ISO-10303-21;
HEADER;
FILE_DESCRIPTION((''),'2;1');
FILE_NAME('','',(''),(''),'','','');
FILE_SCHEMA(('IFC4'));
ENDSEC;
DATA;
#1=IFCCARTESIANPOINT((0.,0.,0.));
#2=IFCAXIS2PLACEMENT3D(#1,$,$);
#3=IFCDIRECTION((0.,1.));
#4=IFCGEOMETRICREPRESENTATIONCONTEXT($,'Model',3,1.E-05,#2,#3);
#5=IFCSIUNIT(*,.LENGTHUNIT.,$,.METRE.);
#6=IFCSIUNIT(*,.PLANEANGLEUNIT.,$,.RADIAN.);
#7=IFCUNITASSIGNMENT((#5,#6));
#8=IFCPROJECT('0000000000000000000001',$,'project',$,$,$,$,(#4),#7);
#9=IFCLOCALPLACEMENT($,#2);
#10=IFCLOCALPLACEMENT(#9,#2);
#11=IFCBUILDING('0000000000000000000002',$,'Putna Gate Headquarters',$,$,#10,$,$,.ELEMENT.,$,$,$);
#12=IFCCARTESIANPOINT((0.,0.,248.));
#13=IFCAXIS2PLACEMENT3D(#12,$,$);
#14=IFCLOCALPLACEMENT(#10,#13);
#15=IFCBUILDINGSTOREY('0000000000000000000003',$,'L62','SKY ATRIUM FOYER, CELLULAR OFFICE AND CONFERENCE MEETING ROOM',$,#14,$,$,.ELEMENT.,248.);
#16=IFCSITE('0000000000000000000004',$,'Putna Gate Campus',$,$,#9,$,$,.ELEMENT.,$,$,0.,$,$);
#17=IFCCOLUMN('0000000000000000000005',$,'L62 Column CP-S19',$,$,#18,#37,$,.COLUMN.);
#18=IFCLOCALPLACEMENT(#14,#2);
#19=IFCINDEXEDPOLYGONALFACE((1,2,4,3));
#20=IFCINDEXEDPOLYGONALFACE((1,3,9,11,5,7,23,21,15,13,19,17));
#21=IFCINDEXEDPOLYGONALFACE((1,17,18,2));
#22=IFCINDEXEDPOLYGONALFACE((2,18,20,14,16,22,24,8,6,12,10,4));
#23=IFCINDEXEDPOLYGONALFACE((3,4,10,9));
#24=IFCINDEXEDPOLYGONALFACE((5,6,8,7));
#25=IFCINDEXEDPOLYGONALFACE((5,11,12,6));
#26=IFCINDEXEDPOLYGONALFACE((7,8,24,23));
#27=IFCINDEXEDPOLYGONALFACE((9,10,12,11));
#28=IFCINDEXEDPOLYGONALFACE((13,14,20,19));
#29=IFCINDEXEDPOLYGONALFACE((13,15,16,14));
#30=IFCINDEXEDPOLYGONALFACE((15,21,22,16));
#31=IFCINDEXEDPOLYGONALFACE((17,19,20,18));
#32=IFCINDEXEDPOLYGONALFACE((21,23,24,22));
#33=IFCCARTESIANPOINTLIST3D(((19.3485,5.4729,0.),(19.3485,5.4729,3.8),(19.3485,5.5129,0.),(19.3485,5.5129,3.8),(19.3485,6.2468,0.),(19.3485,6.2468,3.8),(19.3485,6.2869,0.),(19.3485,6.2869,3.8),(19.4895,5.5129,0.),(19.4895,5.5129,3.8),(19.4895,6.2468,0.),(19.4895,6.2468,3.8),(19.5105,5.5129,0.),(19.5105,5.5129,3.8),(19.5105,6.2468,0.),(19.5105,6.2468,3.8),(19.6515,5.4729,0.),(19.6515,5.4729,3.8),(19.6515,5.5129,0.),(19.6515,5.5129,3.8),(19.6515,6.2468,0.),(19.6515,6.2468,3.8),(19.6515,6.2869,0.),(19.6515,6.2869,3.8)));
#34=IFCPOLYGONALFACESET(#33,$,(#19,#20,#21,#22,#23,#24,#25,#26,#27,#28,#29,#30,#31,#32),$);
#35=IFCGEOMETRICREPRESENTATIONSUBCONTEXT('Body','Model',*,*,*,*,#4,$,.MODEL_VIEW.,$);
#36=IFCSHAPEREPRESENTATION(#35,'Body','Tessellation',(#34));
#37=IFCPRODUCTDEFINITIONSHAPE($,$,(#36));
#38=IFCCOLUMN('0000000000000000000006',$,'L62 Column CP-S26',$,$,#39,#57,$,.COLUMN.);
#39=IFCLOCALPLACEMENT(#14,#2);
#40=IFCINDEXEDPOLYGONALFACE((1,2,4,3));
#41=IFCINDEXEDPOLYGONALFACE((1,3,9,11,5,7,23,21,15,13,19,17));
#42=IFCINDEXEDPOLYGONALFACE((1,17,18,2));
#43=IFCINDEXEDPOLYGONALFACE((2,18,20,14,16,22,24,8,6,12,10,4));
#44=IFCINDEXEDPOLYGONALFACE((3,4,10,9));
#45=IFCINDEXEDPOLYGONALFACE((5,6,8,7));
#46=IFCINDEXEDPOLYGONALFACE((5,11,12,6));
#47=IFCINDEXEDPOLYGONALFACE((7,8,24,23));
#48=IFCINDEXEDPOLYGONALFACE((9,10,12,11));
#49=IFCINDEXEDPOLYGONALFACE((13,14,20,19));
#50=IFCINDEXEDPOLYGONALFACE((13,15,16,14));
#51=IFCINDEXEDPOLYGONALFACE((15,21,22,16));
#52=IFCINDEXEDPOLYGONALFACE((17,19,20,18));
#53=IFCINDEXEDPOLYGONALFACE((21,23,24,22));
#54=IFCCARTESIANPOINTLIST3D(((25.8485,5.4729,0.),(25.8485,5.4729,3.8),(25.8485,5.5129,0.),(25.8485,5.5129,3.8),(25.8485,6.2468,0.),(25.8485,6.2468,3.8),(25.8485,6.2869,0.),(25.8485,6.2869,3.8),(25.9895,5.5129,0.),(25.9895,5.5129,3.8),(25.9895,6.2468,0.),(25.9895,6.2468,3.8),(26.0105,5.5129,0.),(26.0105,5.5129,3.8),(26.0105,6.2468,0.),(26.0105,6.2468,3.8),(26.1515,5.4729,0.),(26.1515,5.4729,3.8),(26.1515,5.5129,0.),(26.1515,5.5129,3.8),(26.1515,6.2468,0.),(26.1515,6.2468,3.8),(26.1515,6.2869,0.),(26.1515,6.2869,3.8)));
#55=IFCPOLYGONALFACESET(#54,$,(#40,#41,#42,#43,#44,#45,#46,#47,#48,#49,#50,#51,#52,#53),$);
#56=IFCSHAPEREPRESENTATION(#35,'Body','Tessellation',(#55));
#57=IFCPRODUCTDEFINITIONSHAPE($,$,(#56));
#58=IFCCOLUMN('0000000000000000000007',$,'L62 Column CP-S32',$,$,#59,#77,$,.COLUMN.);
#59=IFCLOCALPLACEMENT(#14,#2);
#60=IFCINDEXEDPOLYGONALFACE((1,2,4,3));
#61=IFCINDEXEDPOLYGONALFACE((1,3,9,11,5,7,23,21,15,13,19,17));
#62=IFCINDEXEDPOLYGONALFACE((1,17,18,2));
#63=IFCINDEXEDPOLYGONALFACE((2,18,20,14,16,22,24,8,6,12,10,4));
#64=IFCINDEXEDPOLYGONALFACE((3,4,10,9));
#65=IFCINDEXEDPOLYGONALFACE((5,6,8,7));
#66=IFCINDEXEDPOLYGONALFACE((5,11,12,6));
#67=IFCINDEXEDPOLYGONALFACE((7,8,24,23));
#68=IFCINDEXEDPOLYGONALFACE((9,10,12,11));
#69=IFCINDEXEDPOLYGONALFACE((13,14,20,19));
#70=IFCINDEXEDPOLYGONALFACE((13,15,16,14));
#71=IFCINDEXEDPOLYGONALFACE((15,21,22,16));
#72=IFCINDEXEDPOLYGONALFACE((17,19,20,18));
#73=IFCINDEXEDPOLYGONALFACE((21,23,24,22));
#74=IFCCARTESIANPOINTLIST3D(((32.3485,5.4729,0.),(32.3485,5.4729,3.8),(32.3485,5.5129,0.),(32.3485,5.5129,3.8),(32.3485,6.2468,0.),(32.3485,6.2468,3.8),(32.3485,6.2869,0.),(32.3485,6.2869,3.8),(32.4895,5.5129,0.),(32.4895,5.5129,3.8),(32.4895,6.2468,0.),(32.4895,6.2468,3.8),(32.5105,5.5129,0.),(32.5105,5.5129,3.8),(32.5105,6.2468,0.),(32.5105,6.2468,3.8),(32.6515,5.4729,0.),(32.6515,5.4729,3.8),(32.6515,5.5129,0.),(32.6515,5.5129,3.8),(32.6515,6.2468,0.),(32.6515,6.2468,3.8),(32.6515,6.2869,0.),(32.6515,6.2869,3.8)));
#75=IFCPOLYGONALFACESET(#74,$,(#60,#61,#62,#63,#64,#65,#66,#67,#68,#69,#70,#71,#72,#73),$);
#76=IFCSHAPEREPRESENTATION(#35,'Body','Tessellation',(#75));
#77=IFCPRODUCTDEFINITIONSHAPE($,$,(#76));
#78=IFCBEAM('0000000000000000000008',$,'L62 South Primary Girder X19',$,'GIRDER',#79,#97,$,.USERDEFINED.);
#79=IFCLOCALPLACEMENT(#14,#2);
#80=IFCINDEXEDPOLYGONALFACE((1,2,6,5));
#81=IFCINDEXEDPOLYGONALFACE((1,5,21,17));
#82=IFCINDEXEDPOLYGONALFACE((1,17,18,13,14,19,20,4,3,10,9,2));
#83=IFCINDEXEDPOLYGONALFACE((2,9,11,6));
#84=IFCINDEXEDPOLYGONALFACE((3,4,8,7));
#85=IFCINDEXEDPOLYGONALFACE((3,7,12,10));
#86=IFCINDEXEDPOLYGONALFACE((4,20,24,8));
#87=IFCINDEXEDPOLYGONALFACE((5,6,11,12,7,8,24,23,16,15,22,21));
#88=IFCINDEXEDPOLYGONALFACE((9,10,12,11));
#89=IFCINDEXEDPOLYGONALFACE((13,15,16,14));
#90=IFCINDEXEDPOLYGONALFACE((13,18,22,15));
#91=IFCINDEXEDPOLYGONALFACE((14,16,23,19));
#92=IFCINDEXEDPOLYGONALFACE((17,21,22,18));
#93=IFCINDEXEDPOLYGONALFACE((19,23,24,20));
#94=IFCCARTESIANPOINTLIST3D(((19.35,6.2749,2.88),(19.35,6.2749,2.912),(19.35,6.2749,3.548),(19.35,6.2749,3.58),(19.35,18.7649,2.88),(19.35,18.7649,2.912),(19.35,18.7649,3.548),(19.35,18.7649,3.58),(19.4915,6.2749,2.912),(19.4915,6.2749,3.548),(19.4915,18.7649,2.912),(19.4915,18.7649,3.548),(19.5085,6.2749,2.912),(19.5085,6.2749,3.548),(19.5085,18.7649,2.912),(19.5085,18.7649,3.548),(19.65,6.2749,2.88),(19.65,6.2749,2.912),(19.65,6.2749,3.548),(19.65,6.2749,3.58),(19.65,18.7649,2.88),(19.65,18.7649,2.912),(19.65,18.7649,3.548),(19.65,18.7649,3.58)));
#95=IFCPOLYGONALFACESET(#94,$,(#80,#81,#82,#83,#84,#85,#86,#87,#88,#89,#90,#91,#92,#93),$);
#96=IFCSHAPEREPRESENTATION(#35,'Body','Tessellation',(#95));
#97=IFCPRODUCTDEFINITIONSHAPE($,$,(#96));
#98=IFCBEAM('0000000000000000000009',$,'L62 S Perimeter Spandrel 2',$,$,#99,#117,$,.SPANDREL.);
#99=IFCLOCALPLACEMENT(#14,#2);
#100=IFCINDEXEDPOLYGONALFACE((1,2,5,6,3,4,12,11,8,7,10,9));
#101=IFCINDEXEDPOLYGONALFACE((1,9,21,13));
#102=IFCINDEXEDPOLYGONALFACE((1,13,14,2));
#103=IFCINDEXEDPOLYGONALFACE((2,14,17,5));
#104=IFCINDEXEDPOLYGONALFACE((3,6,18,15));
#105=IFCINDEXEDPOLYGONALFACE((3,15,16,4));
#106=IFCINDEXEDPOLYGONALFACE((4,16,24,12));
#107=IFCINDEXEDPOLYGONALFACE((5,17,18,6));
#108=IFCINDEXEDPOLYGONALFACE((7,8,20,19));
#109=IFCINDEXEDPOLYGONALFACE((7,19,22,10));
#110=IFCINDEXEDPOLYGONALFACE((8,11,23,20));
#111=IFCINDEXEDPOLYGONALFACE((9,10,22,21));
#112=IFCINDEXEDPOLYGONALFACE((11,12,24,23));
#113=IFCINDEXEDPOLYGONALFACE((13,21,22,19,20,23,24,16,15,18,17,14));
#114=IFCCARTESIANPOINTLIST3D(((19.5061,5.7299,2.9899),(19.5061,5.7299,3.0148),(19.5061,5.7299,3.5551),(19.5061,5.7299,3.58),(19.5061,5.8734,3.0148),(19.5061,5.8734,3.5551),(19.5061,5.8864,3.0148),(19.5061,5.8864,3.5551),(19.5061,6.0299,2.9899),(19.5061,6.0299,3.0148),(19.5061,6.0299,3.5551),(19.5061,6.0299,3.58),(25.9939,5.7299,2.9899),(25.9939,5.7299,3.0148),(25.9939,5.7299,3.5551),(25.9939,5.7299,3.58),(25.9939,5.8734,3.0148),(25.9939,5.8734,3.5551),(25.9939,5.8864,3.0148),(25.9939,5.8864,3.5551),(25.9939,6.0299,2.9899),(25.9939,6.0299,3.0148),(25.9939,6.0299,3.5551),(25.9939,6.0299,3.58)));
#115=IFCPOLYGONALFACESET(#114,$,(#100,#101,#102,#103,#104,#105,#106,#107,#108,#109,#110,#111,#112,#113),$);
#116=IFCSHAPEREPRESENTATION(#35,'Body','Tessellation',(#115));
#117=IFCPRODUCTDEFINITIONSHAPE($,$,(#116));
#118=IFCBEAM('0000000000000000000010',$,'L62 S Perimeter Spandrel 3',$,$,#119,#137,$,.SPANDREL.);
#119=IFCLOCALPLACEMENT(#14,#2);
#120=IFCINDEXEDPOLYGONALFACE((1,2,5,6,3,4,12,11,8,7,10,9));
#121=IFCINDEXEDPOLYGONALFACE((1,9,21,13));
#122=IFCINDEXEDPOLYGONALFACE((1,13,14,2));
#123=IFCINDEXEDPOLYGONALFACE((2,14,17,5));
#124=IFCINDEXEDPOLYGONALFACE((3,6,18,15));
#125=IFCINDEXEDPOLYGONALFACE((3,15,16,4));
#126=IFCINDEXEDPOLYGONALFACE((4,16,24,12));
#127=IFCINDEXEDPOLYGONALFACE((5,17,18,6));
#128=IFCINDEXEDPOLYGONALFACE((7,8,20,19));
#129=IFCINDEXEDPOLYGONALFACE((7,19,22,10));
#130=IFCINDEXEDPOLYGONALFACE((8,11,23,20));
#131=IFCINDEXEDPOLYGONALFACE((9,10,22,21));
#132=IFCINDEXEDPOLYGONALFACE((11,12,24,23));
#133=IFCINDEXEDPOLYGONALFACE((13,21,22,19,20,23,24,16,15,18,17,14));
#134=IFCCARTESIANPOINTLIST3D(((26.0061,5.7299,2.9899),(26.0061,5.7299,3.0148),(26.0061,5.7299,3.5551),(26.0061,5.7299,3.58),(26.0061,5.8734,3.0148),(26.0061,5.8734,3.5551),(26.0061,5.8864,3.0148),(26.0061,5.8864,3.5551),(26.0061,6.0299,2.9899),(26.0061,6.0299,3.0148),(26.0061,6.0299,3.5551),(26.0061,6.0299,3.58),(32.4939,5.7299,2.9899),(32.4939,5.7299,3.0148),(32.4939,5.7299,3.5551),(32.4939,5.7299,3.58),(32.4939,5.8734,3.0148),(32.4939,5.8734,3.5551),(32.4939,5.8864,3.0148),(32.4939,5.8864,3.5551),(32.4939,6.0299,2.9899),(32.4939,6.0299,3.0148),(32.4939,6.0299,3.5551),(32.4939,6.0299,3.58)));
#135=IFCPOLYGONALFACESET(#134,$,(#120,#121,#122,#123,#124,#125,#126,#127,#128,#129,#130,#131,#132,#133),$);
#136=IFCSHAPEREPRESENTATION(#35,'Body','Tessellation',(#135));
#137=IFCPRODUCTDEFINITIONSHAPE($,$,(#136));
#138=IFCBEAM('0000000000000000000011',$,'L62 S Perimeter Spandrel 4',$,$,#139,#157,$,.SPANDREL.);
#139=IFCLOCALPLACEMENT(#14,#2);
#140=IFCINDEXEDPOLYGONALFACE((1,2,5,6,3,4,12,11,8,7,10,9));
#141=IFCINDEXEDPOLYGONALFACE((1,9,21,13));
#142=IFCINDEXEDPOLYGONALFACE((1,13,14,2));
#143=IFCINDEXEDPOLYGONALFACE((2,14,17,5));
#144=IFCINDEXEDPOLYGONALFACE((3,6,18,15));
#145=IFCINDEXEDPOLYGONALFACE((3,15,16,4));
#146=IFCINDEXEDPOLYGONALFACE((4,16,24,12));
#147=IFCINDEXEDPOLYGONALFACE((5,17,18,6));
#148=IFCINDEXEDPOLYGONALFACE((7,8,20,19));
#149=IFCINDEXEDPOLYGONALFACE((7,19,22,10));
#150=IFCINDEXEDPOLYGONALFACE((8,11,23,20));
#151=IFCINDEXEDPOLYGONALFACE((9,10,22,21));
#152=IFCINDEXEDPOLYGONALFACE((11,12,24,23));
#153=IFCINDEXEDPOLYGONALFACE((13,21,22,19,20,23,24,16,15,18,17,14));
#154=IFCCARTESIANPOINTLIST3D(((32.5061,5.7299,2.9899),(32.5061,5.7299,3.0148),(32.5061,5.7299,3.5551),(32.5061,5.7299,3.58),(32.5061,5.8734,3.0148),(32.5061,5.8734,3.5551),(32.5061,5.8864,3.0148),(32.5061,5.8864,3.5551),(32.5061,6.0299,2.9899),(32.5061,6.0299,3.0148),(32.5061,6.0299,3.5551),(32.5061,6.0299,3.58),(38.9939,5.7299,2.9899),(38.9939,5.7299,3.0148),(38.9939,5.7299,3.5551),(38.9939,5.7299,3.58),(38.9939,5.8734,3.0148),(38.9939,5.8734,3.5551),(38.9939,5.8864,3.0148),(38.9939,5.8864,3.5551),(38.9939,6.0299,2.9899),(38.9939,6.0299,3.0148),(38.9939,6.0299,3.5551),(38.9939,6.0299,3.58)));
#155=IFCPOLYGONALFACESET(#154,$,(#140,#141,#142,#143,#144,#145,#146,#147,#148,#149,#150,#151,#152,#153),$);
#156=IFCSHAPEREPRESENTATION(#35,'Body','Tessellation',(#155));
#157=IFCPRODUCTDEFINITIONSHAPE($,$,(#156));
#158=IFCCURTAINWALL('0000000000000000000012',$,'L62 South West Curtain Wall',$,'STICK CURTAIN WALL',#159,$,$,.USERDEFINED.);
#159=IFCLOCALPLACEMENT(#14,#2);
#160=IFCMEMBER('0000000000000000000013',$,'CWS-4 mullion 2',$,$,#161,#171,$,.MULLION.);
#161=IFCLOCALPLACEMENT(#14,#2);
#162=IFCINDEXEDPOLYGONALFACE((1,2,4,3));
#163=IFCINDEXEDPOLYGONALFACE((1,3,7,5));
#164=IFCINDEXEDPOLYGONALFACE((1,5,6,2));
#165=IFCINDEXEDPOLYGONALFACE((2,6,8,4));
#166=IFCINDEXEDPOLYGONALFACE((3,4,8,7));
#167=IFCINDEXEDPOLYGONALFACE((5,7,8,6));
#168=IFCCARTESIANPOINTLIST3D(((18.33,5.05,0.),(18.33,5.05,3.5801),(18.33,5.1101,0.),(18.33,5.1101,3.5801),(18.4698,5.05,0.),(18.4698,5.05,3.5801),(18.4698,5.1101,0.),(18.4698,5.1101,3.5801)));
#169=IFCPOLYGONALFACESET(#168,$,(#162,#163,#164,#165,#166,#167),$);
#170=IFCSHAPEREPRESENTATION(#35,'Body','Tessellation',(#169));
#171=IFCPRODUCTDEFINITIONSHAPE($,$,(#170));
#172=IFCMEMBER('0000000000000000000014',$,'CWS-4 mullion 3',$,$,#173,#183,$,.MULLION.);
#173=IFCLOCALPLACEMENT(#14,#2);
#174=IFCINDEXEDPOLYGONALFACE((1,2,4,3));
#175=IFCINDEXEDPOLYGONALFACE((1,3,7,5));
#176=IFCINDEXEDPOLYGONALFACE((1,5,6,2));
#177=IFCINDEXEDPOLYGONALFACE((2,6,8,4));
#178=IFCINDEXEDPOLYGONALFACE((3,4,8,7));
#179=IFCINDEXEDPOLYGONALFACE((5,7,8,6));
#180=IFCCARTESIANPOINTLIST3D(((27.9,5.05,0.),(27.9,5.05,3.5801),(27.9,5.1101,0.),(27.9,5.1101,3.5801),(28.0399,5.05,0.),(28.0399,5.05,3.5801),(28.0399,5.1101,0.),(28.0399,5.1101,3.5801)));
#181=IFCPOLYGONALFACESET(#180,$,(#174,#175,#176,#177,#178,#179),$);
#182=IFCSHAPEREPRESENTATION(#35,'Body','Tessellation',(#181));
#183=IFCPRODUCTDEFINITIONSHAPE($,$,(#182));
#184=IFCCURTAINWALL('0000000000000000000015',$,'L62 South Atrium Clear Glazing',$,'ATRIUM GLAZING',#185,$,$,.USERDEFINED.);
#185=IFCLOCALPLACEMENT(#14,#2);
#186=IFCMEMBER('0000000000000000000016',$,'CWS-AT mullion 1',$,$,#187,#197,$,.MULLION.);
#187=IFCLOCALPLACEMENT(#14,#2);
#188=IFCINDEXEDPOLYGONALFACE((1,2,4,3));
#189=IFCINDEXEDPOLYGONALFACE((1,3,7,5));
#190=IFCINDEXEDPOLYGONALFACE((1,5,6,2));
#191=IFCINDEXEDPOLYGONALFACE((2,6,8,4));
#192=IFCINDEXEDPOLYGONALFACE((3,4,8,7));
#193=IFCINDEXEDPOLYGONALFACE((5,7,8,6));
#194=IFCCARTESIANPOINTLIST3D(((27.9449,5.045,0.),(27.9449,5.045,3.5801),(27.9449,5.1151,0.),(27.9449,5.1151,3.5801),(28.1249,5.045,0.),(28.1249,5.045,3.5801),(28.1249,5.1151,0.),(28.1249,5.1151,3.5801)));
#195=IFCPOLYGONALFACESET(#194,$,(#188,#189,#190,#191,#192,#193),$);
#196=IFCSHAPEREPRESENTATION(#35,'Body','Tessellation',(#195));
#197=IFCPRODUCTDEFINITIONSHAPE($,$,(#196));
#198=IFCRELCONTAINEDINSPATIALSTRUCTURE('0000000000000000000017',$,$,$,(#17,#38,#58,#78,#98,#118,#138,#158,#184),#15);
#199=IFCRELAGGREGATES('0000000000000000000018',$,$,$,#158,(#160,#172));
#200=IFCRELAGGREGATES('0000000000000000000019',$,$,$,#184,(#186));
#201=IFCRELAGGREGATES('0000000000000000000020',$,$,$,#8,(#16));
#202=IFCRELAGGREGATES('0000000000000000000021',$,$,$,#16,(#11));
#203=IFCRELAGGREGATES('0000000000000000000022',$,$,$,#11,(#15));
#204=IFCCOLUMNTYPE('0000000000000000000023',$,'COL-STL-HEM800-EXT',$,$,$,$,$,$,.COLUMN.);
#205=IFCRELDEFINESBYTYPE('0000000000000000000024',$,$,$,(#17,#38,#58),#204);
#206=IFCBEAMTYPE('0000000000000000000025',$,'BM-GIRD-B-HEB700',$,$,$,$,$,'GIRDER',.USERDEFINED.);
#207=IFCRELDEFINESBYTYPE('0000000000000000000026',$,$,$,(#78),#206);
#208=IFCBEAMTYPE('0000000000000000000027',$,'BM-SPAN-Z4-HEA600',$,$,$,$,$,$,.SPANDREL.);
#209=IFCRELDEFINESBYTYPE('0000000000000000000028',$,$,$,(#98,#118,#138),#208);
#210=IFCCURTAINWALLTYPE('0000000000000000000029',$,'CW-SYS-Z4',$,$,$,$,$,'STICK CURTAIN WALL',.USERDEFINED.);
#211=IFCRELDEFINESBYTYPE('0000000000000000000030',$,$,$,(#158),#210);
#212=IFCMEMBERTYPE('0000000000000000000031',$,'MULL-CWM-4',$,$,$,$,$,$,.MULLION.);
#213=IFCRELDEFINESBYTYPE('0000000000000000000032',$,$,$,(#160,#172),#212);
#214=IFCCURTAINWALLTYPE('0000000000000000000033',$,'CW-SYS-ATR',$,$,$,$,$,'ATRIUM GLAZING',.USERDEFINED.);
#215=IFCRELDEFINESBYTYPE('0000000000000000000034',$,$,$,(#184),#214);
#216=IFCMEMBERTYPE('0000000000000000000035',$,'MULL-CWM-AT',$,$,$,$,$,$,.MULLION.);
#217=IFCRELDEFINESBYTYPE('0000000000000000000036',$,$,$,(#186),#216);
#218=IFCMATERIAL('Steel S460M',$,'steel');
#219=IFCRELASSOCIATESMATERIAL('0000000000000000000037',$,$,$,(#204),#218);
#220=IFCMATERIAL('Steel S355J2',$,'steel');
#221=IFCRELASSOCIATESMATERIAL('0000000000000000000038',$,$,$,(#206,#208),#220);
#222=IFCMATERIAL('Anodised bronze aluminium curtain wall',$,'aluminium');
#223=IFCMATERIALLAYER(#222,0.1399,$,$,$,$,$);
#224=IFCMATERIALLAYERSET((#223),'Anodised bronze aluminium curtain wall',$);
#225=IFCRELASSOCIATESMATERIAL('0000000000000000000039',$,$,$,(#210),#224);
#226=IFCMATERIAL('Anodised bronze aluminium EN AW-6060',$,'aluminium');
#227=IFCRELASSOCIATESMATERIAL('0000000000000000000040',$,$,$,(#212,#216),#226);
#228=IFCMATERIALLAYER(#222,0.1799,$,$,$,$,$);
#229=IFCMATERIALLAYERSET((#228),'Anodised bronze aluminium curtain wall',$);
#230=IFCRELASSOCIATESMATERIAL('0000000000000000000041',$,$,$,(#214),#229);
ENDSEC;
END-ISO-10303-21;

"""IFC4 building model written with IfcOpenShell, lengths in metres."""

from ifc_helpers import new_model, si_unit, direction, frame, origin, origin_2d, place, context, subcontext, project, spatial, rectangle, i_section, extrude, material, layer, layer_set, material_profile, profile_set, type_object, element, aggregate, save


model = new_model("IFC4")

# Units and contexts
model_context = context("Model", 3, precision=1e-05, world=origin(), true_north=direction((0.0, 1.0)))
body_context = subcontext(model_context, "Body", "Model", "MODEL_VIEW")
ifc_project = project(units=[si_unit("LENGTHUNIT", "METRE"), si_unit("PLANEANGLEUNIT", "RADIAN")], contexts=[model_context])

# Site, building, storey
site_placement = place(None, origin())
site = spatial("IfcSite", under=ifc_project, at=site_placement, Name="Putna Gate Campus", CompositionType="ELEMENT", RefElevation=0.0)
building_placement = place(site_placement, origin())
building = spatial("IfcBuilding", under=site, at=building_placement, Name="Putna Gate Headquarters", CompositionType="ELEMENT")
storey_placement = place(building_placement, frame((0.0, 0.0, 248.0)))
storey = spatial("IfcBuildingStorey", under=building, at=storey_placement, Name="L62", Description="SKY ATRIUM FOYER, CELLULAR OFFICE AND CONFERENCE MEETING ROOM", CompositionType="ELEMENT", Elevation=248.0)

# Columns
ifc_material_1 = material(Name="Steel S460M", Category="steel")
ifc_material_profile_1 = material_profile(ifc_material_1, i_section(OverallWidth=0.303, OverallDepth=0.814, WebThickness=0.021, FlangeThickness=0.04, at=origin_2d()), Name="Steel S460M")
ifc_profile_set_1 = profile_set([ifc_material_profile_1], Name="Steel S460M")
column_type = type_object("IfcColumnType", Name="COL-STL-HEM800-EXT", PredefinedType="COLUMN", material=ifc_profile_set_1)
for number, where, z_axis, x_axis, name in (
    (1, (19.5, 5.8799, 0.0), (0.0, 0.0, 1.0), (1.0, 0.0, 0.0), "L62 Column CP-S19"),
    (2, (26.0, 5.8799, 0.0), (0.0, 0.0, 1.0), (1.0, 0.0, 0.0), "L62 Column CP-S26"),
    (3, (32.5, 5.8799, 0.0), (0.0, 0.0, 1.0), (1.0, 0.0, 0.0), "L62 Column CP-S32"),
):
    element("IfcColumn", number, at=place(storey_placement, frame(where, z_axis=z_axis, x_axis=x_axis)), inside=storey, type_object=column_type, Name=name, PredefinedType="COLUMN", context=body_context, shape_type="SweptSolid", body=[
        extrude(i_section(OverallWidth=0.303, OverallDepth=0.814, WebThickness=0.021, FlangeThickness=0.04, at=origin_2d()), origin(), (0.0, 0.0, 1.0), 3.8),
    ])

# Beams
ifc_material_2 = material(Name="Steel S355J2", Category="steel")
ifc_material_profile_2 = material_profile(ifc_material_2, i_section(OverallWidth=0.3, OverallDepth=0.7, WebThickness=0.0171, FlangeThickness=0.032, at=origin_2d()), Name="Steel S355J2")
ifc_profile_set_2 = profile_set([ifc_material_profile_2], Name="Steel S355J2")
beam_type_1 = type_object("IfcBeamType", Name="BM-GIRD-B-HEB700", ElementType="GIRDER", PredefinedType="USERDEFINED", material=ifc_profile_set_2)
beam_placement = place(storey_placement, frame((19.5, 6.2749, 3.23), z_axis=(0.0, 1.0, 0.0), x_axis=(-1.0, 0.0, 0.0)))
element("IfcBeam", 4, at=beam_placement, inside=storey, type_object=beam_type_1, Name="L62 South Primary Girder X19", ObjectType="GIRDER", PredefinedType="USERDEFINED", context=body_context, shape_type="SweptSolid", body=[
    extrude(i_section(OverallWidth=0.3, OverallDepth=0.7, WebThickness=0.0171, FlangeThickness=0.032, at=origin_2d()), origin(), (0.0, 0.0, 1.0), 12.49),
])
ifc_material_profile_3 = material_profile(ifc_material_2, i_section(OverallWidth=0.3, OverallDepth=0.5901, WebThickness=0.0129, FlangeThickness=0.0249, at=origin_2d()), Name="Steel S355J2")
ifc_profile_set_3 = profile_set([ifc_material_profile_3], Name="Steel S355J2")
beam_type_2 = type_object("IfcBeamType", Name="BM-SPAN-Z4-HEA600", PredefinedType="SPANDREL", material=ifc_profile_set_3)
for number, where, z_axis, x_axis, name in (
    (5, (19.5061, 5.8799, 3.2849), (1.0, 0.0, 0.0), (0.0, 1.0, 0.0), "L62 S Perimeter Spandrel 2"),
    (6, (26.0061, 5.8799, 3.2849), (1.0, 0.0, 0.0), (0.0, 1.0, 0.0), "L62 S Perimeter Spandrel 3"),
    (7, (32.5061, 5.8799, 3.2849), (1.0, 0.0, 0.0), (0.0, 1.0, 0.0), "L62 S Perimeter Spandrel 4"),
):
    element("IfcBeam", number, at=place(storey_placement, frame(where, z_axis=z_axis, x_axis=x_axis)), inside=storey, type_object=beam_type_2, Name=name, PredefinedType="SPANDREL", context=body_context, shape_type="SweptSolid", body=[
        extrude(i_section(OverallWidth=0.3, OverallDepth=0.5901, WebThickness=0.0129, FlangeThickness=0.0249, at=origin_2d()), origin(), (0.0, 0.0, 1.0), 6.4878),
    ])

# Curtain walls, members
ifc_material_3 = material(Name="Anodised bronze aluminium curtain wall", Category="aluminium")
ifc_layer_1 = layer(ifc_material_3, 0.1399)
ifc_layer_set_1 = layer_set([ifc_layer_1], Name="Anodised bronze aluminium curtain wall")
curtain_wall_type_1 = type_object("IfcCurtainWallType", Name="CW-SYS-Z4", ElementType="STICK CURTAIN WALL", PredefinedType="USERDEFINED", material=ifc_layer_set_1)
curtain_wall_1_placement = place(storey_placement, origin())
curtain_wall_1 = element("IfcCurtainWall", 8, at=curtain_wall_1_placement, inside=storey, type_object=curtain_wall_type_1, Name="L62 South West Curtain Wall", ObjectType="STICK CURTAIN WALL", PredefinedType="USERDEFINED")
ifc_material_4 = material(Name="Anodised bronze aluminium EN AW-6060", Category="aluminium")
ifc_material_profile_4 = material_profile(ifc_material_4, rectangle(XDim=0.0601, YDim=0.1399, at=origin_2d()), Name="Anodised bronze aluminium EN AW-6060")
ifc_profile_set_4 = profile_set([ifc_material_profile_4], Name="Anodised bronze aluminium EN AW-6060")
member_type_1 = type_object("IfcMemberType", Name="MULL-CWM-4", PredefinedType="MULLION", material=ifc_profile_set_4)
member_1_placement = place(storey_placement, frame((18.3999, 5.0801, 0.0), z_axis=(0.0, 0.0, 1.0), x_axis=(0.0, 1.0, 0.0)))
member_1 = element("IfcMember", 9, at=member_1_placement, type_object=member_type_1, Name="CWS-4 mullion 2", PredefinedType="MULLION", context=body_context, shape_type="SweptSolid", body=[
    extrude(rectangle(XDim=0.0601, YDim=0.1399, at=origin_2d()), origin(), (0.0, 0.0, 1.0), 3.5801),
])
member_2_placement = place(storey_placement, frame((27.97, 5.0801, 0.0), z_axis=(0.0, 0.0, 1.0), x_axis=(0.0, 1.0, 0.0)))
member_2 = element("IfcMember", 10, at=member_2_placement, type_object=member_type_1, Name="CWS-4 mullion 3", PredefinedType="MULLION", context=body_context, shape_type="SweptSolid", body=[
    extrude(rectangle(XDim=0.0601, YDim=0.1399, at=origin_2d()), origin(), (0.0, 0.0, 1.0), 3.5801),
])
ifc_layer_2 = layer(ifc_material_3, 0.1799)
ifc_layer_set_2 = layer_set([ifc_layer_2], Name="Anodised bronze aluminium curtain wall")
curtain_wall_type_2 = type_object("IfcCurtainWallType", Name="CW-SYS-ATR", ElementType="ATRIUM GLAZING", PredefinedType="USERDEFINED", material=ifc_layer_set_2)
curtain_wall_2_placement = place(storey_placement, origin())
curtain_wall_2 = element("IfcCurtainWall", 11, at=curtain_wall_2_placement, inside=storey, type_object=curtain_wall_type_2, Name="L62 South Atrium Clear Glazing", ObjectType="ATRIUM GLAZING", PredefinedType="USERDEFINED")
ifc_material_profile_5 = material_profile(ifc_material_4, rectangle(XDim=0.0701, YDim=0.1799, at=origin_2d()), Name="Anodised bronze aluminium EN AW-6060")
ifc_profile_set_5 = profile_set([ifc_material_profile_5], Name="Anodised bronze aluminium EN AW-6060")
member_type_2 = type_object("IfcMemberType", Name="MULL-CWM-AT", PredefinedType="MULLION", material=ifc_profile_set_5)
member_3_placement = place(storey_placement, frame((28.0349, 5.0801, 0.0), z_axis=(0.0, 0.0, 1.0), x_axis=(0.0, 1.0, 0.0)))
member_3 = element("IfcMember", 12, at=member_3_placement, type_object=member_type_2, Name="CWS-AT mullion 1", PredefinedType="MULLION", context=body_context, shape_type="SweptSolid", body=[
    extrude(rectangle(XDim=0.0701, YDim=0.1799, at=origin_2d()), origin(), (0.0, 0.0, 1.0), 3.5801),
])

aggregate(curtain_wall_1, [member_1, member_2])
aggregate(curtain_wall_2, [member_3])

save(model, "model.ifc")
